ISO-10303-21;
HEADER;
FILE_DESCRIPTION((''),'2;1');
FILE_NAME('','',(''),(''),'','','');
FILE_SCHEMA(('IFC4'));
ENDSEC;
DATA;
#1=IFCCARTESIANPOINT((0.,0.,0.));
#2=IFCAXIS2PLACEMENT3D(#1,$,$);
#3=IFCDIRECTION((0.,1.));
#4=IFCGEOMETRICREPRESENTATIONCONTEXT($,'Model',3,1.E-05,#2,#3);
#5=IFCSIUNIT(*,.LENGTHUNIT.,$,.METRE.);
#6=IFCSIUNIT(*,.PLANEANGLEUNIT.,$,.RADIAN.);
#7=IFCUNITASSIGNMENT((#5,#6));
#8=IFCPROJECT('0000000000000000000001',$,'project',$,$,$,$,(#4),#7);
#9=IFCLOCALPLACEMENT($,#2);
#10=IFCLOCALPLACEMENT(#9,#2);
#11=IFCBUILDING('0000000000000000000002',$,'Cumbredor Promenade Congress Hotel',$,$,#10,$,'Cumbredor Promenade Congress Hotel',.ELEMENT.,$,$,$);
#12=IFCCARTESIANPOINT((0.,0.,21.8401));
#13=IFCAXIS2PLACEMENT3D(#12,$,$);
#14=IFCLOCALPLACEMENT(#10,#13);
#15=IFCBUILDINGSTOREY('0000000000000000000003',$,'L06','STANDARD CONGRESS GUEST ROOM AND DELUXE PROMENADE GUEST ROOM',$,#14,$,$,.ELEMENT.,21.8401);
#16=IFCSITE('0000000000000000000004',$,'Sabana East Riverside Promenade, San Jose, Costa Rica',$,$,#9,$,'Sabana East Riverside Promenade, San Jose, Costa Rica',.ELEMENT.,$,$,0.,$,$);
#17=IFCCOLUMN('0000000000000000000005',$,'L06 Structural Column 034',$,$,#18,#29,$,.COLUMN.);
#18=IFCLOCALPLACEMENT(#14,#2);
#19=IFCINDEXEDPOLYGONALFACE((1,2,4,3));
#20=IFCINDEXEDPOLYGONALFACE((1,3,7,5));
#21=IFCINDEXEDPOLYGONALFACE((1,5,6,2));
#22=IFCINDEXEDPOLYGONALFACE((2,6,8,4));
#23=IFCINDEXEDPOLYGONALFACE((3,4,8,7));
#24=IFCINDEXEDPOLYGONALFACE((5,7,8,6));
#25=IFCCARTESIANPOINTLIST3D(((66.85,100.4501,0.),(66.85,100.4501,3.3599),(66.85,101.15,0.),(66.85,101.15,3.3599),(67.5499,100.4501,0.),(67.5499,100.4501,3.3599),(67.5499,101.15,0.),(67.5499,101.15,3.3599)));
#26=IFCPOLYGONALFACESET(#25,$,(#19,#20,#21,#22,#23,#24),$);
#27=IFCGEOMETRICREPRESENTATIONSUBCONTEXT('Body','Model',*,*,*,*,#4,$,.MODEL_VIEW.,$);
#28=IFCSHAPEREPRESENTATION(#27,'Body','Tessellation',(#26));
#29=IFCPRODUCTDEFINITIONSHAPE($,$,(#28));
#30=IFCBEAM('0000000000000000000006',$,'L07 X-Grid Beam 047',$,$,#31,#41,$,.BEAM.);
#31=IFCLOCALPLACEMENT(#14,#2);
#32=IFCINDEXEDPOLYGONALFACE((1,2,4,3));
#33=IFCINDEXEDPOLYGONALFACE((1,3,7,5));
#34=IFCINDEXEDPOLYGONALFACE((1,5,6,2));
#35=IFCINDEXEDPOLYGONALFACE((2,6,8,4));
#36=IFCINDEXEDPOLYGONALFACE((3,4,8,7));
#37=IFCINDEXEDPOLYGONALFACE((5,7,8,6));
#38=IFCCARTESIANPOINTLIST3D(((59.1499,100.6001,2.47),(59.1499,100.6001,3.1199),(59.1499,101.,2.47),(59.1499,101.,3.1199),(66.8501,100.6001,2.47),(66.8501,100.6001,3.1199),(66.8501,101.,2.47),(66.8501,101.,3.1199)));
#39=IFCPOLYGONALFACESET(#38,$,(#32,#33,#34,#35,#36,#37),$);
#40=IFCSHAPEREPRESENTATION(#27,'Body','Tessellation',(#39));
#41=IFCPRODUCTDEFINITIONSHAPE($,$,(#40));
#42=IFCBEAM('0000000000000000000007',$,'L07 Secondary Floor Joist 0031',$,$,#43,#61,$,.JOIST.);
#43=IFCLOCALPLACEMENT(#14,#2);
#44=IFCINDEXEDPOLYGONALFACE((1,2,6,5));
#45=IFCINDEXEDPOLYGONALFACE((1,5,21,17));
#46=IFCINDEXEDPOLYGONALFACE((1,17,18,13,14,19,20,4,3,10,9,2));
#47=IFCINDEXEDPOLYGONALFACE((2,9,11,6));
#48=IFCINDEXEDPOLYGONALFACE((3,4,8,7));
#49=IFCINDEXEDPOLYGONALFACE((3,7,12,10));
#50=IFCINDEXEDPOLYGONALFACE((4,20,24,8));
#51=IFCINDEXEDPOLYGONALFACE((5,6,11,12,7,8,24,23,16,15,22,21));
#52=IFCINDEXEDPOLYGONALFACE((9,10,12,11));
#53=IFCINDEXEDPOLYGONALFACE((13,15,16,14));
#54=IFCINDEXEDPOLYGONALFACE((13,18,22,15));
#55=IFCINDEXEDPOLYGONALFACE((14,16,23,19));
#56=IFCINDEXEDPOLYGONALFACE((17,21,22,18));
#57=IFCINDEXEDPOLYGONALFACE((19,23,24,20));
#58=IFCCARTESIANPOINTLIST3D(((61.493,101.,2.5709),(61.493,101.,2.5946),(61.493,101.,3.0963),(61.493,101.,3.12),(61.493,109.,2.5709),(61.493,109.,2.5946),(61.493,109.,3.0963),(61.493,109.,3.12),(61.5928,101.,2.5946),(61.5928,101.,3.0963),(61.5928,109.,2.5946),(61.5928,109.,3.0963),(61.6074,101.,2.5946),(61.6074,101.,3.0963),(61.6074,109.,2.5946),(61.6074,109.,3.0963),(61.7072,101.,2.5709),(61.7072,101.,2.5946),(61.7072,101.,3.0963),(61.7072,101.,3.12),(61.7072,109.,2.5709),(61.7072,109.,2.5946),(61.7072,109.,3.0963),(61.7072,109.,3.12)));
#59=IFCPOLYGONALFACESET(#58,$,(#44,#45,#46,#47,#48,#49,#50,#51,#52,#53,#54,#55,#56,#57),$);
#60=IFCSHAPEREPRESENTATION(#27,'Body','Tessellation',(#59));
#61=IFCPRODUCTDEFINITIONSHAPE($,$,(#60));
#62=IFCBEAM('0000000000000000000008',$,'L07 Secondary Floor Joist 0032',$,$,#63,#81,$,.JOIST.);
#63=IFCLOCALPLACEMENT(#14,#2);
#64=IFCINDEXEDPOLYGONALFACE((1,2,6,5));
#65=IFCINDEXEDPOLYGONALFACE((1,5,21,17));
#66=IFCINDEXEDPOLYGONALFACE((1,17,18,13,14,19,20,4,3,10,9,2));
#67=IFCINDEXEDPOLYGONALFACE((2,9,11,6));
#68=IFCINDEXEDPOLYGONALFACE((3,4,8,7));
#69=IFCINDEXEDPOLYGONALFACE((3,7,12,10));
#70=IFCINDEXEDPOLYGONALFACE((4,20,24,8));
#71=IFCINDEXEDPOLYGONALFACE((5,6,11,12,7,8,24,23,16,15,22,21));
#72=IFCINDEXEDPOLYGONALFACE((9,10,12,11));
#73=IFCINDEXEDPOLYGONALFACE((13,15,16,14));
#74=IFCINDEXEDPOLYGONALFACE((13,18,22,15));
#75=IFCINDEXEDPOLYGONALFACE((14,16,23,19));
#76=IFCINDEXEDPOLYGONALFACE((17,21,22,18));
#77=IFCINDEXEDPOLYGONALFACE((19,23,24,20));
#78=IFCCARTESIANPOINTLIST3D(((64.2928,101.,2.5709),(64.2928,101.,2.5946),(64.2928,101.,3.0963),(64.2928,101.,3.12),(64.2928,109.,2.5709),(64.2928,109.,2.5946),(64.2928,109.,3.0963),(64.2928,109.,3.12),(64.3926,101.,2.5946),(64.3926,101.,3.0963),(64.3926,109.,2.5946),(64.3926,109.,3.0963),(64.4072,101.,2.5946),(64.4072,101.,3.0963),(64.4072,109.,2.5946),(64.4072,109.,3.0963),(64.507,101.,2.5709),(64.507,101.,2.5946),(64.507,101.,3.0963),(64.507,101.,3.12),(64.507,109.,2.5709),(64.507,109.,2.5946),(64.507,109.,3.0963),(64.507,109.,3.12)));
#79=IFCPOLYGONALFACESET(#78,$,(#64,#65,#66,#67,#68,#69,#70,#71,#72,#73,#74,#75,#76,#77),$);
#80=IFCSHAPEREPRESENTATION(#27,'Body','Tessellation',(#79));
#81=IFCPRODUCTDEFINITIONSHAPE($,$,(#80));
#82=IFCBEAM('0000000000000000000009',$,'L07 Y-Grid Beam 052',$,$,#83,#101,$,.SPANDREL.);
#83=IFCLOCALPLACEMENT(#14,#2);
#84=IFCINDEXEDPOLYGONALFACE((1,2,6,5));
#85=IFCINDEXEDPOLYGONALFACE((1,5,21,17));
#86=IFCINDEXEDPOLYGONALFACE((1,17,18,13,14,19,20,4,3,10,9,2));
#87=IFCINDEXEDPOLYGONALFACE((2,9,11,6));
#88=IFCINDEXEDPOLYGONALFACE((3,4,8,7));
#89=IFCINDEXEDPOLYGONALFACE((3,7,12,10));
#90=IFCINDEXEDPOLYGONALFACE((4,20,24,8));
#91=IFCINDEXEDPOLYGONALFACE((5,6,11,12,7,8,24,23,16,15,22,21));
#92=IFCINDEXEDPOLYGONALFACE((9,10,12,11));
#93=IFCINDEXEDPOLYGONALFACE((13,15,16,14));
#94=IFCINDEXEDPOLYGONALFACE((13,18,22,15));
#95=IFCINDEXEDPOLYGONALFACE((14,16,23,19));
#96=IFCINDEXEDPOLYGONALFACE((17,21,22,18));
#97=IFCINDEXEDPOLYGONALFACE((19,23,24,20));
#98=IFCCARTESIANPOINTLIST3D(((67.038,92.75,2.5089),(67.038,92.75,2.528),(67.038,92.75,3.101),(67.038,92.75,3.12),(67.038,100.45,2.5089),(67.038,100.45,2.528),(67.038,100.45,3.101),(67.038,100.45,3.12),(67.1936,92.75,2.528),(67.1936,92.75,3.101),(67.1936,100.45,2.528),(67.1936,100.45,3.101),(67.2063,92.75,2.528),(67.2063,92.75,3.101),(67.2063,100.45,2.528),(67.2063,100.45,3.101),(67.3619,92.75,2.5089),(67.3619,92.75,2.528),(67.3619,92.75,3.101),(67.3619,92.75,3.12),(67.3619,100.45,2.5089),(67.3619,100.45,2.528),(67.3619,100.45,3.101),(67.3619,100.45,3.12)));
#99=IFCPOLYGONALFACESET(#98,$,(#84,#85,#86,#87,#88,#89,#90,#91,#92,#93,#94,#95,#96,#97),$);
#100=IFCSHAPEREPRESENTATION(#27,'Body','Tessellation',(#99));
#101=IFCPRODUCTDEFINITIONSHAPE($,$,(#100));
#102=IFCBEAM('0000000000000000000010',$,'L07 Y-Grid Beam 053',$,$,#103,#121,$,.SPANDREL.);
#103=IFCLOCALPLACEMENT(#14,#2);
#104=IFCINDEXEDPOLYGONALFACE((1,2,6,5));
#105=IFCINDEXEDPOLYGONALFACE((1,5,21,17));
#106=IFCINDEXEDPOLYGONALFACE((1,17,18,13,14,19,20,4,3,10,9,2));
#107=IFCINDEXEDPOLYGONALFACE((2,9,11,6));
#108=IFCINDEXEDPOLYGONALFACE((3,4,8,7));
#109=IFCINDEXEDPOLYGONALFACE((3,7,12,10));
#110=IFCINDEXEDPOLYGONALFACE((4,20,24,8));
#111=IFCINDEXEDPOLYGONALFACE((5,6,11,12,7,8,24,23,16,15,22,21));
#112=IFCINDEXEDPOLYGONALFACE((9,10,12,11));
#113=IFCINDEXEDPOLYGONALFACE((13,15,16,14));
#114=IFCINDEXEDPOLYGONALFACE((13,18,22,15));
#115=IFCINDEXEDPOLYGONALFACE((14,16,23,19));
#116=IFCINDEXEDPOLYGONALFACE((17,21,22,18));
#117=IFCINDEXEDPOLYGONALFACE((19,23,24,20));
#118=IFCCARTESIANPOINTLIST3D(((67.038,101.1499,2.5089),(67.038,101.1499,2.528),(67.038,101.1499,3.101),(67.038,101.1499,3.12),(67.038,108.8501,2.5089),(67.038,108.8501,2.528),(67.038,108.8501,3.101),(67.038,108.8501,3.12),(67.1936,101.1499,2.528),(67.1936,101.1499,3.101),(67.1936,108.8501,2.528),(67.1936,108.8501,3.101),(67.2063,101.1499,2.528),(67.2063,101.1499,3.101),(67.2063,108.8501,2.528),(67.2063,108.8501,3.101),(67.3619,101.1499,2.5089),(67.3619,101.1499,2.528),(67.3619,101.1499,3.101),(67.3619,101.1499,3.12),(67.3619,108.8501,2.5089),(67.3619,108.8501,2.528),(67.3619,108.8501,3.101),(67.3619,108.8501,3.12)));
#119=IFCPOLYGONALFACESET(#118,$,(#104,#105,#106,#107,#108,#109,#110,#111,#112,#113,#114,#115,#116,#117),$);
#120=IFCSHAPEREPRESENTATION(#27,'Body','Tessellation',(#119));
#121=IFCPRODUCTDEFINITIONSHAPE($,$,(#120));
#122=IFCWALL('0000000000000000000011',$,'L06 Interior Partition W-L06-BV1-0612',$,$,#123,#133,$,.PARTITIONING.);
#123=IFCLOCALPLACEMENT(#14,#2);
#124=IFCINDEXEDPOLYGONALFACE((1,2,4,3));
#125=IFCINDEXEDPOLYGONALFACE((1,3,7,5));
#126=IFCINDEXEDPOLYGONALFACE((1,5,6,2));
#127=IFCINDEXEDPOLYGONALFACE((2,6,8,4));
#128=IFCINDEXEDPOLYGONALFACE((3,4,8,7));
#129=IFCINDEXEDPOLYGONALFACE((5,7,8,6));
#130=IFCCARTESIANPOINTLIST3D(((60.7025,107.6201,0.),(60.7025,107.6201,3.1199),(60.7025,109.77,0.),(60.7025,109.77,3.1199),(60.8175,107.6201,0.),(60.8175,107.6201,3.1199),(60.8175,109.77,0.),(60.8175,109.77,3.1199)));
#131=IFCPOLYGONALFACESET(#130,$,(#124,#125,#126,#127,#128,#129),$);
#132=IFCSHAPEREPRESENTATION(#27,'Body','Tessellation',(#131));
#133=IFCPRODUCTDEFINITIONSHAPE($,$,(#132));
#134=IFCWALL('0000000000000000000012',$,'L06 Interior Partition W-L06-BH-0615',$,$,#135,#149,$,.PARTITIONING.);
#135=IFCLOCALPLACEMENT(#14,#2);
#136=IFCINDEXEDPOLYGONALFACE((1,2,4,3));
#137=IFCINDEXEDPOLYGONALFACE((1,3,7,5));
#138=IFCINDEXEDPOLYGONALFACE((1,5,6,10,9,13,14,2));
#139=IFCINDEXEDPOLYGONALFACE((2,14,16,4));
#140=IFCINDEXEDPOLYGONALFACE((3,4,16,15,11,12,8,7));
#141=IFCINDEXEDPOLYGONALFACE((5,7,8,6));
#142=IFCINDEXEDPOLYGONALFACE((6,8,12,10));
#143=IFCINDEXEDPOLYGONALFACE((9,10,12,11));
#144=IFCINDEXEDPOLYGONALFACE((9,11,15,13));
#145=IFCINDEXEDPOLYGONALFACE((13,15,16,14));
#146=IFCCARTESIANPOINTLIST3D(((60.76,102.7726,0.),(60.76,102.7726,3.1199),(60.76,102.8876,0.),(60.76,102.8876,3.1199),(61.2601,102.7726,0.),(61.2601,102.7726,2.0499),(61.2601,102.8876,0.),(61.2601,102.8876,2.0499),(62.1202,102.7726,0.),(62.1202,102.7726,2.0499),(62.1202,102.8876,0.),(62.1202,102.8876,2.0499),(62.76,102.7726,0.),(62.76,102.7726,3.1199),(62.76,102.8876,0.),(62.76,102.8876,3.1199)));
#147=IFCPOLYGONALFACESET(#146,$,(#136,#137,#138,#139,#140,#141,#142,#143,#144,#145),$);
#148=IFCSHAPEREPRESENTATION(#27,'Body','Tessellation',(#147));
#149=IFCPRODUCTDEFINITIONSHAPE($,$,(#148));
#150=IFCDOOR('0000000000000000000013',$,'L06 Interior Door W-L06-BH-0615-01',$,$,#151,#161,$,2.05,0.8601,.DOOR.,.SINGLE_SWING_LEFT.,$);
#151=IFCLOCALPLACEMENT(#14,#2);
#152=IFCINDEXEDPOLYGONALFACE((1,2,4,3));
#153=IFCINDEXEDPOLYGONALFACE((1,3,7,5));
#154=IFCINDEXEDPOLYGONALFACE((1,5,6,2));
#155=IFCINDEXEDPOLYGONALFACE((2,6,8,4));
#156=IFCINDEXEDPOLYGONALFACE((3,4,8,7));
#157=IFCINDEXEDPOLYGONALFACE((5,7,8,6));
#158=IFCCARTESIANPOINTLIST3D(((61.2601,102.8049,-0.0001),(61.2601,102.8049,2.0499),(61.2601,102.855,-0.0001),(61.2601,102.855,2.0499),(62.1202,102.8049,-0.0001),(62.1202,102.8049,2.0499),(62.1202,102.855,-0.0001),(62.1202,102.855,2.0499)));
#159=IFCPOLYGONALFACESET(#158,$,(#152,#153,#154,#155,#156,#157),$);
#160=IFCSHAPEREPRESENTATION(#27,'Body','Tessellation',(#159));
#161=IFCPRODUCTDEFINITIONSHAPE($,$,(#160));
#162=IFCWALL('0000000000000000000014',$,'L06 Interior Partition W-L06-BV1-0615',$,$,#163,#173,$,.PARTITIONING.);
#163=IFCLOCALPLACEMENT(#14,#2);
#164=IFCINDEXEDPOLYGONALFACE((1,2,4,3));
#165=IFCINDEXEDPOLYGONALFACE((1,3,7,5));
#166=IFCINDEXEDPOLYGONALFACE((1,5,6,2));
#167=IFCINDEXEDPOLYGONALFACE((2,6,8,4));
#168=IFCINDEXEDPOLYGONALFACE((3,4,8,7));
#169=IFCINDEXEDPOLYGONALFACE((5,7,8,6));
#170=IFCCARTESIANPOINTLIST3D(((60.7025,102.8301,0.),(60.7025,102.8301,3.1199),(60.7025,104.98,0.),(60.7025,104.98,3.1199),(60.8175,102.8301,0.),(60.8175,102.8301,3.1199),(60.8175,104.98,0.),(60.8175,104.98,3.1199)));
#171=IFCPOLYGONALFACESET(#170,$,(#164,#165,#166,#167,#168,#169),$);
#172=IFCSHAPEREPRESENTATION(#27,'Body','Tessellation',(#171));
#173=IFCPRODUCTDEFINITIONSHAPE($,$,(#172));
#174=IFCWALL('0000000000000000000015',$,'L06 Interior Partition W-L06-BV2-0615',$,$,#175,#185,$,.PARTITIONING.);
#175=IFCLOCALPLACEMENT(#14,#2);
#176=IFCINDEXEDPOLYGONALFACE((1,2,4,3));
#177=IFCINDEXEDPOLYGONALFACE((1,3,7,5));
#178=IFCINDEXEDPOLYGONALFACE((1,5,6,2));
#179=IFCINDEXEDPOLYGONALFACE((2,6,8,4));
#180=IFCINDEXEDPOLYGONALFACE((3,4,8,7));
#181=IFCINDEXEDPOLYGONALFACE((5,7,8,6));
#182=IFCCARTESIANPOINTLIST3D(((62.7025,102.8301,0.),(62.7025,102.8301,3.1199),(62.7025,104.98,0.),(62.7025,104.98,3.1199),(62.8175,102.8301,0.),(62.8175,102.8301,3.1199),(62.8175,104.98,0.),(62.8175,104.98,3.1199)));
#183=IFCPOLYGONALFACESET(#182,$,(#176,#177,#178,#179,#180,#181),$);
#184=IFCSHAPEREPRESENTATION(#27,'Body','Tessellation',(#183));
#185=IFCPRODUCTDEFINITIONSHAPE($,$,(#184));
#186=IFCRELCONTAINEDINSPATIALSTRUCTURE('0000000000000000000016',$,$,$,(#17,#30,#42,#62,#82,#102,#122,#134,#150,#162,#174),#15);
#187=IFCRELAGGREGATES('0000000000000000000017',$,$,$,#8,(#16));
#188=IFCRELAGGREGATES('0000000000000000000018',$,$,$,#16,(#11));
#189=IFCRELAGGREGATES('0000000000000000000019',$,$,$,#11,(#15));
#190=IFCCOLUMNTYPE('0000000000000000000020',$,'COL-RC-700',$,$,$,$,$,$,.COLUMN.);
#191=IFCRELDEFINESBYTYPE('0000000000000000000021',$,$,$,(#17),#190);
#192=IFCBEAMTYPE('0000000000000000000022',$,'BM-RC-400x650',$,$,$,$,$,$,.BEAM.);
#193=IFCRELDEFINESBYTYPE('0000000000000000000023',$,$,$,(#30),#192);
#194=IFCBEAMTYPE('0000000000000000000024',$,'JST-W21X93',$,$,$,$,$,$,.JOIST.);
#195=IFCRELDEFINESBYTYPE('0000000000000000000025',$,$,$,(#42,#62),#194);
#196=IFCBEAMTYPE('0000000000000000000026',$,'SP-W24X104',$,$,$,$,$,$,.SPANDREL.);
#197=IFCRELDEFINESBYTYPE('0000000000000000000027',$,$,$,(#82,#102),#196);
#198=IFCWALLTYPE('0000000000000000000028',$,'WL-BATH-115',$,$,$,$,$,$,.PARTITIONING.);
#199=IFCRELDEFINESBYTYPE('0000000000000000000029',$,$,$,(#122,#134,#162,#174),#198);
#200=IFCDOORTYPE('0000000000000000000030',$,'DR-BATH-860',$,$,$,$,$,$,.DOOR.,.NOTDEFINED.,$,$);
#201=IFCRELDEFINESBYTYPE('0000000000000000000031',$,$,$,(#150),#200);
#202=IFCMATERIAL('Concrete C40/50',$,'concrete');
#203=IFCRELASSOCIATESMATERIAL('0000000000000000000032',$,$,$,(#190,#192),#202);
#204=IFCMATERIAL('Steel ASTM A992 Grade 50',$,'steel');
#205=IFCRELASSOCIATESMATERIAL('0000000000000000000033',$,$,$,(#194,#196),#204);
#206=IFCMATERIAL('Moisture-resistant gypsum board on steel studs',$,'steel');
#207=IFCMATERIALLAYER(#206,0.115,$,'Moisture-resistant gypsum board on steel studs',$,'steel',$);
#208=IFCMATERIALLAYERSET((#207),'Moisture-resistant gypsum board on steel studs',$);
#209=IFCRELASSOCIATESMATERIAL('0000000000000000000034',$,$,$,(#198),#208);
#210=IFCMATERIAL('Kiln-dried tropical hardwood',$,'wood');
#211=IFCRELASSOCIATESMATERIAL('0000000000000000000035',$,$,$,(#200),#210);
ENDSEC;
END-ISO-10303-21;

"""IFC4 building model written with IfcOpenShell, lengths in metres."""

from ifc_helpers import new_model, si_unit, direction, frame, frame_2d, origin, origin_2d, place, context, subcontext, project, spatial, rectangle, i_section, extrude, material, layer, layer_set, material_profile, profile_set, type_object, element, fill, save


model = new_model("IFC4")

# Units and contexts
model_context = context("Model", 3, precision=1e-05, world=origin(), true_north=direction((0.0, 1.0)))
body_context = subcontext(model_context, "Body", "Model", "MODEL_VIEW")
ifc_project = project(units=[si_unit("LENGTHUNIT", "METRE"), si_unit("PLANEANGLEUNIT", "RADIAN")], contexts=[model_context])

# Site, building, storey
site_placement = place(None, origin())
site = spatial("IfcSite", under=ifc_project, at=site_placement, Name="Sabana East Riverside Promenade, San Jose, Costa Rica", LongName="Sabana East Riverside Promenade, San Jose, Costa Rica", CompositionType="ELEMENT", RefElevation=0.0)
building_placement = place(site_placement, origin())
building = spatial("IfcBuilding", under=site, at=building_placement, Name="Cumbredor Promenade Congress Hotel", LongName="Cumbredor Promenade Congress Hotel", CompositionType="ELEMENT")
storey_placement = place(building_placement, frame((0.0, 0.0, 21.8401)))
storey = spatial("IfcBuildingStorey", under=building, at=storey_placement, Name="L06", Description="STANDARD CONGRESS GUEST ROOM AND DELUXE PROMENADE GUEST ROOM", CompositionType="ELEMENT", Elevation=21.8401)

# Column
ifc_material_1 = material(Name="Concrete C40/50", Category="concrete")
ifc_material_profile_1 = material_profile(ifc_material_1, rectangle(XDim=0.7, YDim=0.7, at=origin_2d()), Name="RC 700x700")
ifc_profile_set_1 = profile_set([ifc_material_profile_1], Name="Concrete C40/50")
column_type = type_object("IfcColumnType", Name="COL-RC-700", PredefinedType="COLUMN", material=ifc_profile_set_1)
column_placement = place(storey_placement, frame((67.2, 100.8, 0.0), z_axis=(0.0, 0.0, 1.0), x_axis=(1.0, 0.0, 0.0)))
element("IfcColumn", 1, at=column_placement, inside=storey, type_object=column_type, Name="L06 Structural Column 034", PredefinedType="COLUMN", context=body_context, shape_type="SweptSolid", body=[
    extrude(rectangle(XDim=0.7, YDim=0.7, at=origin_2d()), origin(), (0.0, 0.0, 1.0), 3.3599),
])

# Beams
ifc_material_profile_2 = material_profile(ifc_material_1, rectangle(XDim=0.3999, YDim=0.6499, at=origin_2d()), Name="RC BEAM 400x650")
ifc_profile_set_2 = profile_set([ifc_material_profile_2], Name="Concrete C40/50")
beam_type_1 = type_object("IfcBeamType", Name="BM-RC-400x650", PredefinedType="BEAM", material=ifc_profile_set_2)
beam_1_placement = place(storey_placement, frame((59.1499, 100.8, 2.7949), z_axis=(1.0, 0.0, 0.0), x_axis=(0.0, 1.0, 0.0)))
element("IfcBeam", 2, at=beam_1_placement, inside=storey, type_object=beam_type_1, Name="L07 X-Grid Beam 047", PredefinedType="BEAM", context=body_context, shape_type="SweptSolid", body=[
    extrude(rectangle(XDim=0.3999, YDim=0.6499, at=origin_2d()), origin(), (0.0, 0.0, 1.0), 7.7002),
])
ifc_material_2 = material(Name="Steel ASTM A992 Grade 50", Category="steel")
ifc_material_profile_3 = material_profile(ifc_material_2, i_section(OverallWidth=0.2141, OverallDepth=0.5491, WebThickness=0.0146, FlangeThickness=0.0237, at=origin_2d()), Name="W21X93")
ifc_profile_set_3 = profile_set([ifc_material_profile_3], Name="Steel ASTM A992 Grade 50")
beam_type_2 = type_object("IfcBeamType", Name="JST-W21X93", PredefinedType="JOIST", material=ifc_profile_set_3)
for number, where, z_axis, x_axis, name in (
    (3, (61.6001, 101.0, 2.8455), (0.0, 1.0, 0.0), (-1.0, 0.0, 0.0), "L07 Secondary Floor Joist 0031"),
    (4, (64.3999, 101.0, 2.8455), (0.0, 1.0, 0.0), (-1.0, 0.0, 0.0), "L07 Secondary Floor Joist 0032"),
):
    element("IfcBeam", number, at=place(storey_placement, frame(where, z_axis=z_axis, x_axis=x_axis)), inside=storey, type_object=beam_type_2, Name=name, PredefinedType="JOIST", context=body_context, shape_type="SweptSolid", body=[
        extrude(i_section(OverallWidth=0.2141, OverallDepth=0.5491, WebThickness=0.0146, FlangeThickness=0.0237, at=origin_2d()), origin(), (0.0, 0.0, 1.0), 8.0),
    ])
ifc_material_profile_4 = material_profile(ifc_material_2, i_section(OverallWidth=0.324, OverallDepth=0.6111, WebThickness=0.0127, FlangeThickness=0.019, at=origin_2d()), Name="W24X104")
ifc_profile_set_4 = profile_set([ifc_material_profile_4], Name="Steel ASTM A992 Grade 50")
beam_type_3 = type_object("IfcBeamType", Name="SP-W24X104", PredefinedType="SPANDREL", material=ifc_profile_set_4)
beam_2_placement = place(storey_placement, frame((67.2, 92.75, 2.8145), z_axis=(0.0, 1.0, 0.0), x_axis=(-1.0, 0.0, 0.0)))
element("IfcBeam", 5, at=beam_2_placement, inside=storey, type_object=beam_type_3, Name="L07 Y-Grid Beam 052", PredefinedType="SPANDREL", context=body_context, shape_type="SweptSolid", body=[
    extrude(i_section(OverallWidth=0.324, OverallDepth=0.6111, WebThickness=0.0127, FlangeThickness=0.019, at=origin_2d()), origin(), (0.0, 0.0, 1.0), 7.7),
])
beam_3_placement = place(storey_placement, frame((67.2, 101.1499, 2.8145), z_axis=(0.0, 1.0, 0.0), x_axis=(-1.0, 0.0, 0.0)))
element("IfcBeam", 6, at=beam_3_placement, inside=storey, type_object=beam_type_3, Name="L07 Y-Grid Beam 053", PredefinedType="SPANDREL", context=body_context, shape_type="SweptSolid", body=[
    extrude(i_section(OverallWidth=0.324, OverallDepth=0.6111, WebThickness=0.0127, FlangeThickness=0.019, at=origin_2d()), origin(), (0.0, 0.0, 1.0), 7.7002),
])

# Wall
ifc_material_3 = material(Name="Moisture-resistant gypsum board on steel studs", Category="steel")
ifc_layer_1 = layer(ifc_material_3, 0.115, Name="Moisture-resistant gypsum board on steel studs", Category="steel")
ifc_layer_set_1 = layer_set([ifc_layer_1], Name="Moisture-resistant gypsum board on steel studs")
wall_type_1 = type_object("IfcWallType", Name="WL-BATH-115", PredefinedType="PARTITIONING", material=ifc_layer_set_1)
wall_1_placement = place(storey_placement, frame((60.76, 107.6201, 0.0), z_axis=(0.0, 0.0, 1.0), x_axis=(0.0, 1.0, 0.0)))
element("IfcWall", 7, at=wall_1_placement, inside=storey, type_object=wall_type_1, Name="L06 Interior Partition W-L06-BV1-0612", PredefinedType="PARTITIONING", context=body_context, shape_type="SweptSolid", body=[
    extrude(rectangle(XDim=2.1499, YDim=0.115, at=frame_2d((1.075, 0.0))), origin(), (0.0, 0.0, 1.0), 3.1199),
])

# Wall, opening, door
wall_2_placement = place(storey_placement, frame((60.76, 102.8301, 0.0), z_axis=(0.0, 0.0, 1.0), x_axis=(1.0, 0.0, 0.0)))
wall_2 = element("IfcWall", 8, at=wall_2_placement, inside=storey, type_object=wall_type_1, Name="L06 Interior Partition W-L06-BH-0615", PredefinedType="PARTITIONING", context=body_context, shape_type="SweptSolid", body=[
    extrude(rectangle(XDim=2.0, YDim=0.115, at=frame_2d((1.0, 0.0))), origin(), (0.0, 0.0, 1.0), 3.1199),
])
opening_1_placement = place(wall_2_placement, frame((0.5, 0.0, 0.0)))
opening_1 = element("IfcOpeningElement", 9, at=opening_1_placement, cuts=wall_2, PredefinedType="OPENING", context=body_context, shape_type="SweptSolid", body=[
    extrude(rectangle(XDim=0.8601, YDim=2.05, at=frame_2d((0.4302, 1.0249))), frame((0.0, 0.0674, 0.0), z_axis=(0.0, -1.0, 0.0), x_axis=(1.0, 0.0, 0.0)), (0.0, 0.0, 1.0), 0.135),
])
ifc_material_4 = material(Name="Kiln-dried tropical hardwood", Category="wood")
door_type = type_object("IfcDoorType", Name="DR-BATH-860", OperationType="NOTDEFINED", PredefinedType="DOOR", material=ifc_material_4)
door_1_placement = place(opening_1_placement, origin())
door_1 = element("IfcDoor", 10, at=door_1_placement, inside=storey, type_object=door_type, Name="L06 Interior Door W-L06-BH-0615-01", OperationType="SINGLE_SWING_LEFT", OverallHeight=2.05, OverallWidth=0.8601, PredefinedType="DOOR", context=body_context, shape_type="SweptSolid", body=[
    extrude(rectangle(XDim=0.8601, YDim=2.05, at=frame_2d((0.4302, 1.0249))), frame((0.0, 0.0249, 0.0), z_axis=(0.0, -1.0, 0.0), x_axis=(1.0, 0.0, 0.0)), (0.0, 0.0, 1.0), 0.05),
])
fill(opening_1, door_1)

# Walls
for number, where, z_axis, x_axis, name in (
    (11, (60.76, 102.8301, 0.0), (0.0, 0.0, 1.0), (0.0, 1.0, 0.0), "L06 Interior Partition W-L06-BV1-0615"),
    (12, (62.76, 102.8301, 0.0), (0.0, 0.0, 1.0), (0.0, 1.0, 0.0), "L06 Interior Partition W-L06-BV2-0615"),
):
    element("IfcWall", number, at=place(storey_placement, frame(where, z_axis=z_axis, x_axis=x_axis)), inside=storey, type_object=wall_type_1, Name=name, PredefinedType="PARTITIONING", context=body_context, shape_type="SweptSolid", body=[
        extrude(rectangle(XDim=2.1499, YDim=0.115, at=frame_2d((1.075, 0.0))), origin(), (0.0, 0.0, 1.0), 3.1199),
    ])

save(model, "model.ifc")
